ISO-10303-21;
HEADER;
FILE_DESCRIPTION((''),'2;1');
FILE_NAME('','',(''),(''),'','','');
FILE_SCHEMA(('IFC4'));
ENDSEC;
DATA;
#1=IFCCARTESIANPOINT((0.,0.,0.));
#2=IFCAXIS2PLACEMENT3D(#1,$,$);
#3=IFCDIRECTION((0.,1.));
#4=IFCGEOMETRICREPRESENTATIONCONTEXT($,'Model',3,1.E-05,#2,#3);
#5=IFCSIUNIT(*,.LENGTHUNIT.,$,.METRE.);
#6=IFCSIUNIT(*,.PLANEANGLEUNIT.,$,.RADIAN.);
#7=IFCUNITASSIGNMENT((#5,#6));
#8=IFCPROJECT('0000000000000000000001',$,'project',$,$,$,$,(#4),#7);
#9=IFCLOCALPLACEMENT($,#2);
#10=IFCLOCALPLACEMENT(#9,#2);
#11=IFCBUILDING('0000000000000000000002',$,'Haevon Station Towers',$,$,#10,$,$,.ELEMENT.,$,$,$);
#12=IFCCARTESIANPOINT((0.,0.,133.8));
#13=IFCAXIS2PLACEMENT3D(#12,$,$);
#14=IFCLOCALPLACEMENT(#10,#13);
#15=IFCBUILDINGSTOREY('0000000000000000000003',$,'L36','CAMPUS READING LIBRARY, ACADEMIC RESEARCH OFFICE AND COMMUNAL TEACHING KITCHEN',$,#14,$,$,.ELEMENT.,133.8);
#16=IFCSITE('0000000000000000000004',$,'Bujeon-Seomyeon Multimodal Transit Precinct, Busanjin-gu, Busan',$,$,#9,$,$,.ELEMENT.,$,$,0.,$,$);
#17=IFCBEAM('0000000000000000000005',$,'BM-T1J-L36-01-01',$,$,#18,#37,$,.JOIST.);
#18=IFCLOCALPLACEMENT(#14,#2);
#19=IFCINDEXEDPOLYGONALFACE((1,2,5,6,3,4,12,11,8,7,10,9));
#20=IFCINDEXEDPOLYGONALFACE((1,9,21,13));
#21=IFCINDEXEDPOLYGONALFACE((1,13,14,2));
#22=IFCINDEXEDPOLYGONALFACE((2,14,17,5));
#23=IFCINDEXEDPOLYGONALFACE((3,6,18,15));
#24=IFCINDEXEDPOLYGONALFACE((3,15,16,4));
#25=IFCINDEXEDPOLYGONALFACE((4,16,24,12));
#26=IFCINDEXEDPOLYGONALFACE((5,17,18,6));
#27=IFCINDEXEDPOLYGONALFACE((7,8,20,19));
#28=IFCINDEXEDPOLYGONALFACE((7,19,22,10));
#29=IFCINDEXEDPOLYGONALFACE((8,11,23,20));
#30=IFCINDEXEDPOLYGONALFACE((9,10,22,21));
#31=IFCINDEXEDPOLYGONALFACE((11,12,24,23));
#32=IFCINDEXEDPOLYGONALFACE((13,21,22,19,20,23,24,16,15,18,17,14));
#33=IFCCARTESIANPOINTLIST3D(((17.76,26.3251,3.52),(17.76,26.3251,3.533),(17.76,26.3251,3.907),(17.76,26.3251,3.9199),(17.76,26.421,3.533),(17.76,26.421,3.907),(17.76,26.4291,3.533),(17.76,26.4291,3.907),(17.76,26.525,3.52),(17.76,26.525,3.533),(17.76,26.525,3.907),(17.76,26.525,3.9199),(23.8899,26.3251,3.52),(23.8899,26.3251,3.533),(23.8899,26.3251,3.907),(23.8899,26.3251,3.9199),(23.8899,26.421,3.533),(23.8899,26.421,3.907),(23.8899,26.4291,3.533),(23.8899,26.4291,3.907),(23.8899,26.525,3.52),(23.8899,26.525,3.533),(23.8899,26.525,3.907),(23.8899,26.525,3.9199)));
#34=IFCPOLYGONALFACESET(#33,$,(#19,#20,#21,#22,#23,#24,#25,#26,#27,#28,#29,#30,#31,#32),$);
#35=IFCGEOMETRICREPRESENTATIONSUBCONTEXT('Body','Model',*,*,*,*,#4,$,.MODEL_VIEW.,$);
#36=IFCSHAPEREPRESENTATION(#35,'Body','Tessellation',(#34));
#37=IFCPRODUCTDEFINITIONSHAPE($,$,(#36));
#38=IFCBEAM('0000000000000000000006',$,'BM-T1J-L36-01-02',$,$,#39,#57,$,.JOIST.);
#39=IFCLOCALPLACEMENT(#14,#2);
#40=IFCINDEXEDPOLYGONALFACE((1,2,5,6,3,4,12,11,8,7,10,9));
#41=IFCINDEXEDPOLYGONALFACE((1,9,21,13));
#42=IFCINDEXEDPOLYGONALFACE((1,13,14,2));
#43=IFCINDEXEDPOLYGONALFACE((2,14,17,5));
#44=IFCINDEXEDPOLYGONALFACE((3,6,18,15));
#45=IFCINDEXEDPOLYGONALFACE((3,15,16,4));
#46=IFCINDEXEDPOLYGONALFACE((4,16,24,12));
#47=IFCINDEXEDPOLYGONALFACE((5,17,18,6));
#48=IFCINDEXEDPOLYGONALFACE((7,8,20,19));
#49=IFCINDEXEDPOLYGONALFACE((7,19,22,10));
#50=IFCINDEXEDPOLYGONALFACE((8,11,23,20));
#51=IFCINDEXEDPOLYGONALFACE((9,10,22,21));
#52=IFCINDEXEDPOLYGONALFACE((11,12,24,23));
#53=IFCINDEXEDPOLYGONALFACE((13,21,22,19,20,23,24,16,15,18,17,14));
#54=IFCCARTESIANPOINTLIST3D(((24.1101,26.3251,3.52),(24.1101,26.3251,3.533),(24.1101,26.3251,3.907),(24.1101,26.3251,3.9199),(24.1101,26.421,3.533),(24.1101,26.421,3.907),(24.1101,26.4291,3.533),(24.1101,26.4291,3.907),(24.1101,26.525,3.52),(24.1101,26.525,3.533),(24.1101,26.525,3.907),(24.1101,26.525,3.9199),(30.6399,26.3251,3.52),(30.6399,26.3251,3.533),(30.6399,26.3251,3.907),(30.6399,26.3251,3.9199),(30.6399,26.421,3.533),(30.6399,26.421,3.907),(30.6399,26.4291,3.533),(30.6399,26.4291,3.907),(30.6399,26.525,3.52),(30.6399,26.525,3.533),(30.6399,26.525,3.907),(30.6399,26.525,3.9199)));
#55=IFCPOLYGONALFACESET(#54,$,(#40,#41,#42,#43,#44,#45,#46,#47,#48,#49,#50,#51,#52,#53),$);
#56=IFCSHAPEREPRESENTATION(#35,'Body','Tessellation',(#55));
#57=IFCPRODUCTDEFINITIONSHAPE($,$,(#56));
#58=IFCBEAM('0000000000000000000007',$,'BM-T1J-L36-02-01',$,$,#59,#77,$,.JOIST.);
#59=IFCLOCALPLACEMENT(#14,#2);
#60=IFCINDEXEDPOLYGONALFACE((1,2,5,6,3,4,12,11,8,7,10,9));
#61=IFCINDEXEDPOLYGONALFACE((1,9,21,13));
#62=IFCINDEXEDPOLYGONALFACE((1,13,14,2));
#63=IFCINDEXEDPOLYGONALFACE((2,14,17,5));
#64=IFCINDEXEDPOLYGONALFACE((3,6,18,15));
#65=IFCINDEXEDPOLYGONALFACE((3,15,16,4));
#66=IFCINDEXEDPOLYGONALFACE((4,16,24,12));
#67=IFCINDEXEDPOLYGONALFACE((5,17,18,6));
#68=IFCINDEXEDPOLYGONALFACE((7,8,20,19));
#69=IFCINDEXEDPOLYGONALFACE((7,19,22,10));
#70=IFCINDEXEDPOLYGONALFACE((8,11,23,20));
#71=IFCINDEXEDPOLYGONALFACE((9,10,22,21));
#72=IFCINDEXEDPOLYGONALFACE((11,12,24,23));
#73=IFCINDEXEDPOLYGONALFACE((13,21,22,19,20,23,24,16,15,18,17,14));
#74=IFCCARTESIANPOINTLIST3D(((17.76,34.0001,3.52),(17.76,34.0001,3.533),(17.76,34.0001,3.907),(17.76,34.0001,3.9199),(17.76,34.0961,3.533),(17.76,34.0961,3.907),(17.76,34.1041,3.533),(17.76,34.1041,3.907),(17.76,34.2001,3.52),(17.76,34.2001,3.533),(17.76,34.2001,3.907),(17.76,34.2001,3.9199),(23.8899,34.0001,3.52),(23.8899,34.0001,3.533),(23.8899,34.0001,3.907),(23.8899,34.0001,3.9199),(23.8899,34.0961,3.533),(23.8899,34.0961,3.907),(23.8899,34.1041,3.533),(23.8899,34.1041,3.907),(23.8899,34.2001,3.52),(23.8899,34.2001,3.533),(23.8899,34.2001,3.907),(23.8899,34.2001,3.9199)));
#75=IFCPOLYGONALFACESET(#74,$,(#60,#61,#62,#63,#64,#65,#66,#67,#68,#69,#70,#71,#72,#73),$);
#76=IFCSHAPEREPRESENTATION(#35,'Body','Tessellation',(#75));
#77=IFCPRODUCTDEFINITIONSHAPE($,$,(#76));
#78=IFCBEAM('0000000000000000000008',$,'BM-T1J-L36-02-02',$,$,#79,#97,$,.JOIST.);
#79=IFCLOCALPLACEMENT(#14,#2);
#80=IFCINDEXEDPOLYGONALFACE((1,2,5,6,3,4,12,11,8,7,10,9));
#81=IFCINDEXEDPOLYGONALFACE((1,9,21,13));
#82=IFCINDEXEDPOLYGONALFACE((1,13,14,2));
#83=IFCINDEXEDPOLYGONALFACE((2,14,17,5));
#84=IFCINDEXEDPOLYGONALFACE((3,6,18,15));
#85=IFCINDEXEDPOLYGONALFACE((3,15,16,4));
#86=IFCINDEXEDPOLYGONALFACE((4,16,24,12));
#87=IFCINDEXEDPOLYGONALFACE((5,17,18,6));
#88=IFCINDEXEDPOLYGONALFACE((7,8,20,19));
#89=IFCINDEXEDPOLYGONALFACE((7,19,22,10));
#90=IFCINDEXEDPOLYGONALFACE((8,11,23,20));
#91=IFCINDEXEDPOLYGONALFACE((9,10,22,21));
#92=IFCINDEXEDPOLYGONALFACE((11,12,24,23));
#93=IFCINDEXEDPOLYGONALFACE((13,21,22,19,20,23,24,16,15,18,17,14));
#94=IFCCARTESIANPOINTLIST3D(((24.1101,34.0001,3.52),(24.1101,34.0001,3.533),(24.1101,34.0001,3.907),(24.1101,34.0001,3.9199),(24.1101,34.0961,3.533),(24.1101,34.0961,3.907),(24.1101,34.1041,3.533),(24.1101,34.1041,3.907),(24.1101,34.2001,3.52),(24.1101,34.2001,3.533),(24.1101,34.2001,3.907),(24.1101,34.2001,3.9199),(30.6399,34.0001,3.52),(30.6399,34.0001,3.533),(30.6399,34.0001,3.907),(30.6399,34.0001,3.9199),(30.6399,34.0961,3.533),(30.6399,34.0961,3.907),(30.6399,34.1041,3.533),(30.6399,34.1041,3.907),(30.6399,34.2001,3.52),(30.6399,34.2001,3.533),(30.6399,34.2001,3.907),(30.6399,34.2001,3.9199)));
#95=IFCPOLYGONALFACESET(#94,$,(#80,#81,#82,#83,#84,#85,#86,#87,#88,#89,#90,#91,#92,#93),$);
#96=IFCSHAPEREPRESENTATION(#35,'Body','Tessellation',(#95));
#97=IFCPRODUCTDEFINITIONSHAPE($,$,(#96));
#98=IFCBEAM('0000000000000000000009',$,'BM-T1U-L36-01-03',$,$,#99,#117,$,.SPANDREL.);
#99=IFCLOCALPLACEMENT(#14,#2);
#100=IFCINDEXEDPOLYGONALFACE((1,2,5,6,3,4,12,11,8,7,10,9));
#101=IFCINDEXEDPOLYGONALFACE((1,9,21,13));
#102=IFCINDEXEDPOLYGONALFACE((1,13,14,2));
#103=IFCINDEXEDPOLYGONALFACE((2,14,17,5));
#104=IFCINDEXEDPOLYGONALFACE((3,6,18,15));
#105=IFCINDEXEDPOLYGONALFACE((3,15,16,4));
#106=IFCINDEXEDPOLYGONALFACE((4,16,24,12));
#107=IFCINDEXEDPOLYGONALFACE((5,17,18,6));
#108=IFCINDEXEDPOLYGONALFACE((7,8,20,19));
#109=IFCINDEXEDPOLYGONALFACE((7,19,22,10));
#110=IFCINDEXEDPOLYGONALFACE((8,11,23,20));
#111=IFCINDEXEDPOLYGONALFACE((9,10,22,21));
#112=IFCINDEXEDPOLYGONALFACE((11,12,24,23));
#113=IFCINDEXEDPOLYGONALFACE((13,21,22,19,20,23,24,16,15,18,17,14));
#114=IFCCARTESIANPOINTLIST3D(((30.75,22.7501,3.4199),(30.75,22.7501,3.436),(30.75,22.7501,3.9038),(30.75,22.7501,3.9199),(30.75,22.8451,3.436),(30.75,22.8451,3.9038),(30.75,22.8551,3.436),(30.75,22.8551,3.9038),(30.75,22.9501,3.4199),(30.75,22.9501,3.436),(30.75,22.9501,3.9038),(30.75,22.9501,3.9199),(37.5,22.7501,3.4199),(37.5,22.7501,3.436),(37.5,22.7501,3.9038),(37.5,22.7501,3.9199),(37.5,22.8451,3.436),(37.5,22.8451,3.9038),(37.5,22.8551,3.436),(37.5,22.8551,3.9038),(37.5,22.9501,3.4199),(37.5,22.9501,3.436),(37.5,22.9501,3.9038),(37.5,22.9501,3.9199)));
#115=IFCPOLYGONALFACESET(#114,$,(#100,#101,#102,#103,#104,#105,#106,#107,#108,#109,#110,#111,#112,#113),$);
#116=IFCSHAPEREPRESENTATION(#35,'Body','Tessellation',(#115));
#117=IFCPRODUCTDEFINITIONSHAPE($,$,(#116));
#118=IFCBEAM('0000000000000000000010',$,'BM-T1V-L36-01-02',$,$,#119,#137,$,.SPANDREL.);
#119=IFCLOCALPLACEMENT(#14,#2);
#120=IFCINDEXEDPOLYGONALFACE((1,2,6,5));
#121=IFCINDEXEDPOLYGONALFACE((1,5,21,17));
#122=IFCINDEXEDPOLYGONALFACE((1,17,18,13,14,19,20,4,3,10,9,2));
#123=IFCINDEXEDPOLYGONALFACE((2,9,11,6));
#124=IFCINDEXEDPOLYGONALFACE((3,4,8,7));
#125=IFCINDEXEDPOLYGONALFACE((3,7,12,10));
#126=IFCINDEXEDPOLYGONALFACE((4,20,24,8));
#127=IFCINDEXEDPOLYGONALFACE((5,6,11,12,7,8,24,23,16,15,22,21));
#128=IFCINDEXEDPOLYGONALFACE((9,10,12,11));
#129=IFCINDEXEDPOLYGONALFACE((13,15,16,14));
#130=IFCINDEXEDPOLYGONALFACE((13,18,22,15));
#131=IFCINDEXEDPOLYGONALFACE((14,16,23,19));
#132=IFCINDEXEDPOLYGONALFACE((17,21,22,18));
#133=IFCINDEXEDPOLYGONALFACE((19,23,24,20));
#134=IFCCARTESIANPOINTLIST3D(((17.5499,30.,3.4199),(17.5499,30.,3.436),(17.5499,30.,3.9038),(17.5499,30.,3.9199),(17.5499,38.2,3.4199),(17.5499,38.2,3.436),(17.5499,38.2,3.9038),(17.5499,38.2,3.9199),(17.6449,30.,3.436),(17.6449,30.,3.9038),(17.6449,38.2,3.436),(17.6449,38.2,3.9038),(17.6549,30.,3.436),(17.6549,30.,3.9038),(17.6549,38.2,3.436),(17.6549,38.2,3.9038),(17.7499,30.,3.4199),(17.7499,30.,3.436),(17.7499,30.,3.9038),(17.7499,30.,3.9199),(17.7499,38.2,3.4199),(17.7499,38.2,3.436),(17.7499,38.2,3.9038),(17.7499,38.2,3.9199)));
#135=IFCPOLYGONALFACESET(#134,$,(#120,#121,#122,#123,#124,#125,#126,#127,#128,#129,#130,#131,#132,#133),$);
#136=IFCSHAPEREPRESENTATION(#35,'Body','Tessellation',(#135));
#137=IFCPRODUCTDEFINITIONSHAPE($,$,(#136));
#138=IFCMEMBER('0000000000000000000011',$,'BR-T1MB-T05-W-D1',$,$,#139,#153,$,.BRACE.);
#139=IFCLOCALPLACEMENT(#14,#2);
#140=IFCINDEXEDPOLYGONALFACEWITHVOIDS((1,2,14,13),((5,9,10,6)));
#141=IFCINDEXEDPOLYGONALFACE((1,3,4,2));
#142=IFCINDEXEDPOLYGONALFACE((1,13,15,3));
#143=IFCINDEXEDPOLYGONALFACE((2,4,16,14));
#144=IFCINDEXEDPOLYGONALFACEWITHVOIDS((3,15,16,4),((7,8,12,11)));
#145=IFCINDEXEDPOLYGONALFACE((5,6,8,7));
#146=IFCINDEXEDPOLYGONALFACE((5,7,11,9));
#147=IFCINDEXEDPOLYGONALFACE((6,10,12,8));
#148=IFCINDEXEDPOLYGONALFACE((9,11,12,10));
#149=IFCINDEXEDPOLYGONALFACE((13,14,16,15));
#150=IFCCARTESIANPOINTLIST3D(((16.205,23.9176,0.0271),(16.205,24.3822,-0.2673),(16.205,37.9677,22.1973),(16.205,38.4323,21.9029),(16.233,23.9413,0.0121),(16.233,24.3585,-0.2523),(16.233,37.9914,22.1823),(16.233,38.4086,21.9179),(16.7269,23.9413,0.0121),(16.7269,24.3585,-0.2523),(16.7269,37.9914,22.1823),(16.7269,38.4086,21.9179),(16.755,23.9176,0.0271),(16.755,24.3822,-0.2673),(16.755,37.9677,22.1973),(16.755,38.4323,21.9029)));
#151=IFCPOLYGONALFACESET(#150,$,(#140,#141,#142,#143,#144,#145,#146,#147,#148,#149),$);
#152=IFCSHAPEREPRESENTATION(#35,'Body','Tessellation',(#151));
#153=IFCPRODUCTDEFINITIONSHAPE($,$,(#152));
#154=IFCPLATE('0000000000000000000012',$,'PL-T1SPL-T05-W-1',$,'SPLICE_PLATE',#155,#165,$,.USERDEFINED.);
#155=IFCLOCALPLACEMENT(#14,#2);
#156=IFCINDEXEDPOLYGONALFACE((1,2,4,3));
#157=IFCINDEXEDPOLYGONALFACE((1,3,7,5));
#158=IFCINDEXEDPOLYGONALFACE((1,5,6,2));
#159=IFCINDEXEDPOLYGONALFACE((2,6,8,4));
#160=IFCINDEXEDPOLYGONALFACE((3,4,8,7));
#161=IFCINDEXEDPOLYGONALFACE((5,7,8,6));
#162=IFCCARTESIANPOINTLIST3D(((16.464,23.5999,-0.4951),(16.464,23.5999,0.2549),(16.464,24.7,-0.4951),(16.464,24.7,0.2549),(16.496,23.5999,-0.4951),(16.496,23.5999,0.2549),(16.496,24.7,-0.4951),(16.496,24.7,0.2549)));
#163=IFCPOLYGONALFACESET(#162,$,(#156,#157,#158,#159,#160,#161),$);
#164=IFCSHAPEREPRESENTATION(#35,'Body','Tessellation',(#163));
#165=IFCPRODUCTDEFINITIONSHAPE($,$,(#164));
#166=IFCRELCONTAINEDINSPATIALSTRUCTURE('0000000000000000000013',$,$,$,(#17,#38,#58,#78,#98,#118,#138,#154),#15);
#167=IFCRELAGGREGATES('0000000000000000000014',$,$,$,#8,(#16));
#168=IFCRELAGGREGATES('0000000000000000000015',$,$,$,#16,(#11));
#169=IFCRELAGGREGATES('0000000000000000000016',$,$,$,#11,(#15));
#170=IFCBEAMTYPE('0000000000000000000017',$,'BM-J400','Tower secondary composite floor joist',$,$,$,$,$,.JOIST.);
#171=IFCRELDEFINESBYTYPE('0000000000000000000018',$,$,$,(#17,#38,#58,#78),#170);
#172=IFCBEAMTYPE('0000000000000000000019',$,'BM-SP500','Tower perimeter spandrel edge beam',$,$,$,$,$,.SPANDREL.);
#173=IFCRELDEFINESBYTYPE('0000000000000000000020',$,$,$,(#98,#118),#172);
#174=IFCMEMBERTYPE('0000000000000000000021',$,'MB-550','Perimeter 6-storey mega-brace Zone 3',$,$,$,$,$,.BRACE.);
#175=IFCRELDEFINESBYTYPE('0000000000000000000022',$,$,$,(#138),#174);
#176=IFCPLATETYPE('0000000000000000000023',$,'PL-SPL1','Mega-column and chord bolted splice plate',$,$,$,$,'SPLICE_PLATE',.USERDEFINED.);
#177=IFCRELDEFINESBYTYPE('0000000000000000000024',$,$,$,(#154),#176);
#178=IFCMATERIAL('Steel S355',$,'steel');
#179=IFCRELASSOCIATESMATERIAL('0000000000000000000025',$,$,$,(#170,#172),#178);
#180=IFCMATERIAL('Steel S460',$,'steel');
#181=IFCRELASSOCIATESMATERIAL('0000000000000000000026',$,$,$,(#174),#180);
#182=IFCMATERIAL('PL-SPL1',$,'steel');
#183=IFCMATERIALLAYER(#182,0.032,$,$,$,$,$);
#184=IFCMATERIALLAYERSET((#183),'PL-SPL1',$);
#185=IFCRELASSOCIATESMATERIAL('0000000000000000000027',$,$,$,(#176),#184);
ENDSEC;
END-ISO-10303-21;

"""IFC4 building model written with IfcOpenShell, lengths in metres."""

from ifc_helpers import new_model, si_unit, direction, frame, origin, origin_2d, place, context, subcontext, project, spatial, rectangle, hollow_rectangle, i_section, extrude, material, layer, layer_set, material_profile, profile_set, type_object, element, save


model = new_model("IFC4")

# Units and contexts
model_context = context("Model", 3, precision=1e-05, world=origin(), true_north=direction((0.0, 1.0)))
body_context = subcontext(model_context, "Body", "Model", "MODEL_VIEW")
ifc_project = project(units=[si_unit("LENGTHUNIT", "METRE"), si_unit("PLANEANGLEUNIT", "RADIAN")], contexts=[model_context])

# Site, building, storey
site_placement = place(None, origin())
site = spatial("IfcSite", under=ifc_project, at=site_placement, Name="Bujeon-Seomyeon Multimodal Transit Precinct, Busanjin-gu, Busan", CompositionType="ELEMENT", RefElevation=0.0)
building_placement = place(site_placement, origin())
building = spatial("IfcBuilding", under=site, at=building_placement, Name="Haevon Station Towers", CompositionType="ELEMENT")
storey_placement = place(building_placement, frame((0.0, 0.0, 133.8)))
storey = spatial("IfcBuildingStorey", under=building, at=storey_placement, Name="L36", Description="CAMPUS READING LIBRARY, ACADEMIC RESEARCH OFFICE AND COMMUNAL TEACHING KITCHEN", CompositionType="ELEMENT", Elevation=133.8)

# Shared definitions
ifc_material_1 = material(Name="Steel S460", Category="steel")

# Beams
ifc_material_2 = material(Name="Steel S355", Category="steel")
ifc_material_profile_1 = material_profile(ifc_material_2, i_section(OverallWidth=0.2, OverallDepth=0.3999, WebThickness=0.0081, FlangeThickness=0.0129, at=origin_2d()), Name="H-400x200x8x13")
ifc_profile_set_1 = profile_set([ifc_material_profile_1], Name="Steel S355")
beam_type_1 = type_object("IfcBeamType", Name="BM-J400", Description="Tower secondary composite floor joist", PredefinedType="JOIST", material=ifc_profile_set_1)
beam_1_placement = place(storey_placement, frame((17.76, 26.425, 3.72), z_axis=(1.0, 0.0, 0.0), x_axis=(0.0, 1.0, 0.0)))
element("IfcBeam", 1, at=beam_1_placement, inside=storey, type_object=beam_type_1, Name="BM-T1J-L36-01-01", PredefinedType="JOIST", context=body_context, shape_type="SweptSolid", body=[
    extrude(i_section(OverallWidth=0.2, OverallDepth=0.3999, WebThickness=0.0081, FlangeThickness=0.0129, at=origin_2d()), origin(), (0.0, 0.0, 1.0), 6.1299),
])
beam_2_placement = place(storey_placement, frame((24.1101, 26.425, 3.72), z_axis=(1.0, 0.0, 0.0), x_axis=(0.0, 1.0, 0.0)))
element("IfcBeam", 2, at=beam_2_placement, inside=storey, type_object=beam_type_1, Name="BM-T1J-L36-01-02", PredefinedType="JOIST", context=body_context, shape_type="SweptSolid", body=[
    extrude(i_section(OverallWidth=0.2, OverallDepth=0.3999, WebThickness=0.0081, FlangeThickness=0.0129, at=origin_2d()), origin(), (0.0, 0.0, 1.0), 6.5298),
])
beam_3_placement = place(storey_placement, frame((17.76, 34.1001, 3.72), z_axis=(1.0, 0.0, 0.0), x_axis=(0.0, 1.0, 0.0)))
element("IfcBeam", 3, at=beam_3_placement, inside=storey, type_object=beam_type_1, Name="BM-T1J-L36-02-01", PredefinedType="JOIST", context=body_context, shape_type="SweptSolid", body=[
    extrude(i_section(OverallWidth=0.2, OverallDepth=0.3999, WebThickness=0.0081, FlangeThickness=0.0129, at=origin_2d()), origin(), (0.0, 0.0, 1.0), 6.1299),
])
beam_4_placement = place(storey_placement, frame((24.1101, 34.1001, 3.72), z_axis=(1.0, 0.0, 0.0), x_axis=(0.0, 1.0, 0.0)))
element("IfcBeam", 4, at=beam_4_placement, inside=storey, type_object=beam_type_1, Name="BM-T1J-L36-02-02", PredefinedType="JOIST", context=body_context, shape_type="SweptSolid", body=[
    extrude(i_section(OverallWidth=0.2, OverallDepth=0.3999, WebThickness=0.0081, FlangeThickness=0.0129, at=origin_2d()), origin(), (0.0, 0.0, 1.0), 6.5298),
])
ifc_material_profile_2 = material_profile(ifc_material_2, i_section(OverallWidth=0.2, OverallDepth=0.5, WebThickness=0.01, FlangeThickness=0.0161, at=origin_2d()), Name="H-500x200x10x16")
ifc_profile_set_2 = profile_set([ifc_material_profile_2], Name="Steel S355")
beam_type_2 = type_object("IfcBeamType", Name="BM-SP500", Description="Tower perimeter spandrel edge beam", PredefinedType="SPANDREL", material=ifc_profile_set_2)
beam_5_placement = place(storey_placement, frame((30.75, 22.8501, 3.6699), z_axis=(1.0, 0.0, 0.0), x_axis=(0.0, 1.0, 0.0)))
element("IfcBeam", 5, at=beam_5_placement, inside=storey, type_object=beam_type_2, Name="BM-T1U-L36-01-03", PredefinedType="SPANDREL", context=body_context, shape_type="SweptSolid", body=[
    extrude(i_section(OverallWidth=0.2, OverallDepth=0.5, WebThickness=0.01, FlangeThickness=0.0161, at=origin_2d()), origin(), (0.0, 0.0, 1.0), 6.75),
])
beam_6_placement = place(storey_placement, frame((17.6499, 30.0, 3.6699), z_axis=(0.0, 1.0, 0.0), x_axis=(-1.0, 0.0, 0.0)))
element("IfcBeam", 6, at=beam_6_placement, inside=storey, type_object=beam_type_2, Name="BM-T1V-L36-01-02", PredefinedType="SPANDREL", context=body_context, shape_type="SweptSolid", body=[
    extrude(i_section(OverallWidth=0.2, OverallDepth=0.5, WebThickness=0.01, FlangeThickness=0.0161, at=origin_2d()), origin(), (0.0, 0.0, 1.0), 8.2),
])

# Member
ifc_material_profile_3 = material_profile(ifc_material_1, hollow_rectangle(XDim=0.55, YDim=0.55, WallThickness=0.0281, at=origin_2d()), Name="RHS-550x550x28")
ifc_profile_set_3 = profile_set([ifc_material_profile_3], Name="Steel S460")
member_type = type_object("IfcMemberType", Name="MB-550", Description="Perimeter 6-storey mega-brace Zone 3", PredefinedType="BRACE", material=ifc_profile_set_3)
member_placement = place(storey_placement, frame((16.48, 24.1499, -0.1201), z_axis=(0.0, 0.535295, 0.844665), x_axis=(-1.0, 0.0, 0.0)))
element("IfcMember", 7, at=member_placement, inside=storey, type_object=member_type, Name="BR-T1MB-T05-W-D1", PredefinedType="BRACE", context=body_context, shape_type="SweptSolid", body=[
    extrude(hollow_rectangle(XDim=0.55, YDim=0.55, WallThickness=0.0281, at=origin_2d()), origin(), (0.0, 0.0, 1.0), 26.2473),
])

# Plate
ifc_material_3 = material(Name="PL-SPL1", Category="steel")
ifc_layer_1 = layer(ifc_material_3, 0.032)
ifc_layer_set_1 = layer_set([ifc_layer_1], Name="PL-SPL1")
plate_type = type_object("IfcPlateType", Name="PL-SPL1", Description="Mega-column and chord bolted splice plate", ElementType="SPLICE_PLATE", PredefinedType="USERDEFINED", material=ifc_layer_set_1)
plate_placement = place(storey_placement, frame((16.48, 24.1499, -0.4951), z_axis=(0.0, 0.0, 1.0), x_axis=(0.0, 1.0, 0.0)))
element("IfcPlate", 8, at=plate_placement, inside=storey, type_object=plate_type, Name="PL-T1SPL-T05-W-1", ObjectType="SPLICE_PLATE", PredefinedType="USERDEFINED", context=body_context, shape_type="SweptSolid", body=[
    extrude(rectangle(XDim=1.1001, YDim=0.032, at=origin_2d()), origin(), (0.0, 0.0, 1.0), 0.75),
])

save(model, "model.ifc")
